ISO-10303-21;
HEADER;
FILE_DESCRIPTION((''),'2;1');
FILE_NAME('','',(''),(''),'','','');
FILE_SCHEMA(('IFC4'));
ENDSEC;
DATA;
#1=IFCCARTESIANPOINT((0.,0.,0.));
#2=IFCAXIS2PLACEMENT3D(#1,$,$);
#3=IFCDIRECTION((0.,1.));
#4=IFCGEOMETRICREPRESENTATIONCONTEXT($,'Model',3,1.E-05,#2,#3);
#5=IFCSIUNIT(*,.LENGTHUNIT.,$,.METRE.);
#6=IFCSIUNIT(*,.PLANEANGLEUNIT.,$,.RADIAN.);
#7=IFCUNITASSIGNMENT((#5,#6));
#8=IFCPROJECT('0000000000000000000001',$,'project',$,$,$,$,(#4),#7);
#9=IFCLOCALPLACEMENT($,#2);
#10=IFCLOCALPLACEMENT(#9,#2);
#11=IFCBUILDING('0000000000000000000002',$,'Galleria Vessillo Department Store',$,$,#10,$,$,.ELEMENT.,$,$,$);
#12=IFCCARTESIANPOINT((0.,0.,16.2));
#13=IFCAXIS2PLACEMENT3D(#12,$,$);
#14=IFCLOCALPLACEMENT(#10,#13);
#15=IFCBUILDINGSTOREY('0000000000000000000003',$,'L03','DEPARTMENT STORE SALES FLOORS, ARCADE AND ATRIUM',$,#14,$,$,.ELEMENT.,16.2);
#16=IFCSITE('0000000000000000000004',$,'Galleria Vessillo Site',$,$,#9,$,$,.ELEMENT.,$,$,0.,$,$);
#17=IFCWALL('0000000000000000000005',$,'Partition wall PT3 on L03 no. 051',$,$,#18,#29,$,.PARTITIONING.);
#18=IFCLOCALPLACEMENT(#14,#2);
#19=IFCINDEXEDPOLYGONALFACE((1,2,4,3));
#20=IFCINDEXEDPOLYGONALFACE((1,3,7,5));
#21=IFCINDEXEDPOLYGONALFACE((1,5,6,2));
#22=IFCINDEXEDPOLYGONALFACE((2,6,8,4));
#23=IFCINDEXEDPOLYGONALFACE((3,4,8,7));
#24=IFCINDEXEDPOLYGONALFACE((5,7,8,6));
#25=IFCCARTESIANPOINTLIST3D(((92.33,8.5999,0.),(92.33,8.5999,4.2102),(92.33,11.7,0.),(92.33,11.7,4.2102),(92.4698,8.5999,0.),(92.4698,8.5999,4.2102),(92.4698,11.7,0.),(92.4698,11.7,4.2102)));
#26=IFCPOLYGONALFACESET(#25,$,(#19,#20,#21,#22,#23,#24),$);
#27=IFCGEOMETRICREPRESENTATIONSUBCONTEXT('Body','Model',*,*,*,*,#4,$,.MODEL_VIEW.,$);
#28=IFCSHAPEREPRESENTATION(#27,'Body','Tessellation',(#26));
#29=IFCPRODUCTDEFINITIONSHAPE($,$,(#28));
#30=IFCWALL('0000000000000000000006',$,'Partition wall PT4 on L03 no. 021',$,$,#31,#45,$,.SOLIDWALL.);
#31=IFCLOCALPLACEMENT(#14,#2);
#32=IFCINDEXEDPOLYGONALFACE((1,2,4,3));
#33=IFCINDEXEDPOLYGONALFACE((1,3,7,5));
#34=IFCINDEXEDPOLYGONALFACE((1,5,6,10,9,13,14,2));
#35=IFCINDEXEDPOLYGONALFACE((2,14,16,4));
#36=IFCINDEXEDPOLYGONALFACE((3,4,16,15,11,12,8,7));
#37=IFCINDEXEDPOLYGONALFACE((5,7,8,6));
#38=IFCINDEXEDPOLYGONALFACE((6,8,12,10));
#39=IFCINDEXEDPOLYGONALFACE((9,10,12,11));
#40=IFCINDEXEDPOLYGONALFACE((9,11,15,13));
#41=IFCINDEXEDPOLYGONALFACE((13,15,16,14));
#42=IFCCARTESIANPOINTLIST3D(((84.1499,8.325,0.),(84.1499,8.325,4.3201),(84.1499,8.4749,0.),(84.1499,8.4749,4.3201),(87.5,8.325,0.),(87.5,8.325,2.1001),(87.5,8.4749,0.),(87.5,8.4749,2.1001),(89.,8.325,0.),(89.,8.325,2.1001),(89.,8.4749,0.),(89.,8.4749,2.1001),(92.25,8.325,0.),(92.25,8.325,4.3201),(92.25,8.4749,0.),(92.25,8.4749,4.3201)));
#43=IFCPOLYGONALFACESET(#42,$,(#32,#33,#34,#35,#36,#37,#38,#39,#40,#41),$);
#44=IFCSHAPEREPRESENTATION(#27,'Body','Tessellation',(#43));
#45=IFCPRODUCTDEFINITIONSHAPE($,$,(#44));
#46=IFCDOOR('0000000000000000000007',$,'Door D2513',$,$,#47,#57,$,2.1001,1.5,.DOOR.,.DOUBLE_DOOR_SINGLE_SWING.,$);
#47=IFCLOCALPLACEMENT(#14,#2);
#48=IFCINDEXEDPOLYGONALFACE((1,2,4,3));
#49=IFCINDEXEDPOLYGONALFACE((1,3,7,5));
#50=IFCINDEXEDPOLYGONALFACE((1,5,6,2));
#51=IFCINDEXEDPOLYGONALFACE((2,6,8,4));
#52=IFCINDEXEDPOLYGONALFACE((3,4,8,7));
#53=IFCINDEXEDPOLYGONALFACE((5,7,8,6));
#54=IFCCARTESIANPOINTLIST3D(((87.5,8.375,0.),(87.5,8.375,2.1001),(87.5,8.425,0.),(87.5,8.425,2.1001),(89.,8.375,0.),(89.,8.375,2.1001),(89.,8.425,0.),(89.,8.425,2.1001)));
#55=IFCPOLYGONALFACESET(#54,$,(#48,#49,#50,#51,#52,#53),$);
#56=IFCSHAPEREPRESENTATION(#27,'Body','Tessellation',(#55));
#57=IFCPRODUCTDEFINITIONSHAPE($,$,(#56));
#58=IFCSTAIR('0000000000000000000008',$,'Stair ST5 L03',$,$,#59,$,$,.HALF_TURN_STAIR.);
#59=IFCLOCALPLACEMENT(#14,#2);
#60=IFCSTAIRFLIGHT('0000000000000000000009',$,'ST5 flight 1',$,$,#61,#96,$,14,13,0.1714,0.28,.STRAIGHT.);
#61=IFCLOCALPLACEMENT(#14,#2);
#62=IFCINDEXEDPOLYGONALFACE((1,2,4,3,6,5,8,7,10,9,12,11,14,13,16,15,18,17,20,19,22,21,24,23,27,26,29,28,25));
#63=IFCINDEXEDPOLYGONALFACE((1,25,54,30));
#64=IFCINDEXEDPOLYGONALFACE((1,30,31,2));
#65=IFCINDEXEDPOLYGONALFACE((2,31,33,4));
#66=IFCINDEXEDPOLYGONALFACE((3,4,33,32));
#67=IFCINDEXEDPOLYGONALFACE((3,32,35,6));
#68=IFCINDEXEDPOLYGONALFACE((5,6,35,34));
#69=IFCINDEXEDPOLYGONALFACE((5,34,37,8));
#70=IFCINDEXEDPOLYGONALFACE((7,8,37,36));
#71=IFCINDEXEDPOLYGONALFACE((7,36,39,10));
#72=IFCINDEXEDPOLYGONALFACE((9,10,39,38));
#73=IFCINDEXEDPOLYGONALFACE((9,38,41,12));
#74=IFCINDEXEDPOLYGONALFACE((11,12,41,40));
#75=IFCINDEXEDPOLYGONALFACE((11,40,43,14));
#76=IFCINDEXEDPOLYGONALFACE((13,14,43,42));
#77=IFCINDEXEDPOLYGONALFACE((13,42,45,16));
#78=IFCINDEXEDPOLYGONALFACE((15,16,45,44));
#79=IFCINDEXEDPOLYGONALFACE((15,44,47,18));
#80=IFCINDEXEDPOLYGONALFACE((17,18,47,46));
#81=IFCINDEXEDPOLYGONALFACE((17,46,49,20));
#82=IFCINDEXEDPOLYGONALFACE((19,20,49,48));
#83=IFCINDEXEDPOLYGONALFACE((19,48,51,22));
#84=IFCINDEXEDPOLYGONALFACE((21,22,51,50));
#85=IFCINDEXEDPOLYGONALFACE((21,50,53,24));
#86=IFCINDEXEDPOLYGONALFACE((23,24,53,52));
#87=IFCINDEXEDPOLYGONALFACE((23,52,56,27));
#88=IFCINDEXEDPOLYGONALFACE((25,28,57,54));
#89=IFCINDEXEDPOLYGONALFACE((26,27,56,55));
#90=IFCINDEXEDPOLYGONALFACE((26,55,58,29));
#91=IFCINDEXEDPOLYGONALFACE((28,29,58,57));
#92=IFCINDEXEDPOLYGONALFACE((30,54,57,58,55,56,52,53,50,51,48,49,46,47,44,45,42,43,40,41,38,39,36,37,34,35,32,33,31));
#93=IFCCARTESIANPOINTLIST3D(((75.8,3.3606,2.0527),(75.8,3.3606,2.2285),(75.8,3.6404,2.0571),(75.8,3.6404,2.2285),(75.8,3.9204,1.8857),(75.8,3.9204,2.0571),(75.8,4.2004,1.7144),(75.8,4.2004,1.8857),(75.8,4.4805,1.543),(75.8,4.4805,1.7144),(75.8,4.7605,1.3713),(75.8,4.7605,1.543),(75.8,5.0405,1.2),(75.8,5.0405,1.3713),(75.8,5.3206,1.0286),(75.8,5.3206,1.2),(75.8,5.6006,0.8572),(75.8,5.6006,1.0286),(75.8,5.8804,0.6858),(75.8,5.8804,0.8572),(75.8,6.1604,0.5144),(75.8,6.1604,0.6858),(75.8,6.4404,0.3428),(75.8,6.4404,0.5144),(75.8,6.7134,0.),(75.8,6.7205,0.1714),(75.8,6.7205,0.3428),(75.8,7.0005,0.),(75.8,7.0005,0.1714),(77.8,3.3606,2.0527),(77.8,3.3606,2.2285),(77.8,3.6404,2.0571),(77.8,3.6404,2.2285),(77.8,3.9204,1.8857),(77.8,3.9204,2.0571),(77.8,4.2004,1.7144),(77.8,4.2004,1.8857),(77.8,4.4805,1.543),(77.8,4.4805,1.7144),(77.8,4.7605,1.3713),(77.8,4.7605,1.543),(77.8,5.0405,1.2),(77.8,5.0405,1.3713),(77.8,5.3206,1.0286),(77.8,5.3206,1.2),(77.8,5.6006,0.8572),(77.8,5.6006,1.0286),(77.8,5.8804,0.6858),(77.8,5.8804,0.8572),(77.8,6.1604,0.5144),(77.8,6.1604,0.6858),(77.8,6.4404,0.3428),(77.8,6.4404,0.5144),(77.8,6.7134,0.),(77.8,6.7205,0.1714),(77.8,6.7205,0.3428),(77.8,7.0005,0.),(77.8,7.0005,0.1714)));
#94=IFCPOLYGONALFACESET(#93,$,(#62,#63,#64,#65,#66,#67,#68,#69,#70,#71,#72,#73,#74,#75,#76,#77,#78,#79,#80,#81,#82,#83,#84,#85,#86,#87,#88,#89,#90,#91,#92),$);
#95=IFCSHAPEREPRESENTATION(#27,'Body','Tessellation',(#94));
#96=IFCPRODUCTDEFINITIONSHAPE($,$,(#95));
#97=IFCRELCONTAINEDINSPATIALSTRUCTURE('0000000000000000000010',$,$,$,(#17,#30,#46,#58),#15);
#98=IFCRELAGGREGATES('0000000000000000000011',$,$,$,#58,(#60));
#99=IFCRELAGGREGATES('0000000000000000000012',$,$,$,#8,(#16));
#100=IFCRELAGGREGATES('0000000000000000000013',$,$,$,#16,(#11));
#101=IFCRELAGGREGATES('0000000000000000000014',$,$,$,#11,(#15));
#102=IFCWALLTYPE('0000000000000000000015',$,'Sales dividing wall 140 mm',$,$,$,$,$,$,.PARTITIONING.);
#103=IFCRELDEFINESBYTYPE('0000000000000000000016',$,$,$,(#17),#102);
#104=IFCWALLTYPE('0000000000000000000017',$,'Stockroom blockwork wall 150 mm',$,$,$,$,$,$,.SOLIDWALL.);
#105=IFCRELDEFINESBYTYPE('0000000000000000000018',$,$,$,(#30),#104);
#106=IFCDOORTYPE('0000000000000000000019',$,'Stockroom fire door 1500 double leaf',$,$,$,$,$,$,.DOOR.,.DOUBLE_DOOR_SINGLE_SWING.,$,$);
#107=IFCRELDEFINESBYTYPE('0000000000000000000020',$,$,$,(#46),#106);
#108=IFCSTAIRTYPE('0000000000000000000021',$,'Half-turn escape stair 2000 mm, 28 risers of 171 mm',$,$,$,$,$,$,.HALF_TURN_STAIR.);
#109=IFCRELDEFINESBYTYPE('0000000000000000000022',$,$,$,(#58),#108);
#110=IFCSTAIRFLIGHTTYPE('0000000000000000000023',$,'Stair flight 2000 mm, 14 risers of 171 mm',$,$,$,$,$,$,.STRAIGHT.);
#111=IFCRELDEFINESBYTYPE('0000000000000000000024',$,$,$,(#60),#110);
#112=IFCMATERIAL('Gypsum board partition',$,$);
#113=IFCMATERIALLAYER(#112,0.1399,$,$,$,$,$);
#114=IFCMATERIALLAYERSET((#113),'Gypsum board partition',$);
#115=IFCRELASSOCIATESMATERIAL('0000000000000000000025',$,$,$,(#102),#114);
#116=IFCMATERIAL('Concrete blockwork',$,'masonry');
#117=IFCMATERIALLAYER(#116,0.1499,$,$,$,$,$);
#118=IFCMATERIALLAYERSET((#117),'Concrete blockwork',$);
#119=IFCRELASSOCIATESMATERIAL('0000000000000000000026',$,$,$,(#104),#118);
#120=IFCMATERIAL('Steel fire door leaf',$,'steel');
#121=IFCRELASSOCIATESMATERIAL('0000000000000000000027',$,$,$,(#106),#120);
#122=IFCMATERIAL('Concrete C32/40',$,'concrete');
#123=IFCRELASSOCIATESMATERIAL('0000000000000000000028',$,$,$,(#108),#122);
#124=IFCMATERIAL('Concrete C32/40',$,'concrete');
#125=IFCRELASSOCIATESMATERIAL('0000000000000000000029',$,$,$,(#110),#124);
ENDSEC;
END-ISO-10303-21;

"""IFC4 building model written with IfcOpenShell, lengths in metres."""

from ifc_helpers import new_model, si_unit, direction, frame, frame_2d, origin, place, context, subcontext, project, spatial, polyline, rectangle, outline, extrude, material, layer, layer_set, type_object, element, fill, aggregate, save


model = new_model("IFC4")

# Units and contexts
model_context = context("Model", 3, precision=1e-05, world=origin(), true_north=direction((0.0, 1.0)))
body_context = subcontext(model_context, "Body", "Model", "MODEL_VIEW")
ifc_project = project(units=[si_unit("LENGTHUNIT", "METRE"), si_unit("PLANEANGLEUNIT", "RADIAN")], contexts=[model_context])

# Site, building, storey
site_placement = place(None, origin())
site = spatial("IfcSite", under=ifc_project, at=site_placement, Name="Galleria Vessillo Site", CompositionType="ELEMENT", RefElevation=0.0)
building_placement = place(site_placement, origin())
building = spatial("IfcBuilding", under=site, at=building_placement, Name="Galleria Vessillo Department Store", CompositionType="ELEMENT")
storey_placement = place(building_placement, frame((0.0, 0.0, 16.2)))
storey = spatial("IfcBuildingStorey", under=building, at=storey_placement, Name="L03", Description="DEPARTMENT STORE SALES FLOORS, ARCADE AND ATRIUM", CompositionType="ELEMENT", Elevation=16.2)

# Wall
ifc_material_1 = material(Name="Gypsum board partition")
ifc_layer_1 = layer(ifc_material_1, 0.1399)
ifc_layer_set_1 = layer_set([ifc_layer_1], Name="Gypsum board partition")
wall_type_1 = type_object("IfcWallType", Name="Sales dividing wall 140 mm", PredefinedType="PARTITIONING", material=ifc_layer_set_1)
wall_1_placement = place(storey_placement, frame((92.3999, 8.5999, 0.0), z_axis=(0.0, 0.0, 1.0), x_axis=(0.0, 1.0, 0.0)))
element("IfcWall", 1, at=wall_1_placement, inside=storey, type_object=wall_type_1, Name="Partition wall PT3 on L03 no. 051", PredefinedType="PARTITIONING", context=body_context, shape_type="SweptSolid", body=[
    extrude(rectangle(XDim=3.1001, YDim=0.1399, at=frame_2d((1.55, 0.0))), origin(), (0.0, 0.0, 1.0), 4.2102),
])

# Wall, opening, door
ifc_material_2 = material(Name="Concrete blockwork", Category="masonry")
ifc_layer_2 = layer(ifc_material_2, 0.1499)
ifc_layer_set_2 = layer_set([ifc_layer_2], Name="Concrete blockwork")
wall_type_2 = type_object("IfcWallType", Name="Stockroom blockwork wall 150 mm", PredefinedType="SOLIDWALL", material=ifc_layer_set_2)
wall_2_placement = place(storey_placement, frame((84.1499, 8.3999, 0.0), z_axis=(0.0, 0.0, 1.0), x_axis=(1.0, 0.0, 0.0)))
wall_2 = element("IfcWall", 2, at=wall_2_placement, inside=storey, type_object=wall_type_2, Name="Partition wall PT4 on L03 no. 021", PredefinedType="SOLIDWALL", context=body_context, shape_type="SweptSolid", body=[
    extrude(rectangle(XDim=8.1001, YDim=0.1499, at=frame_2d((4.05, 0.0))), origin(), (0.0, 0.0, 1.0), 4.3201),
])
opening_placement = place(wall_2_placement, frame((3.3501, 0.0, 0.0)))
opening = element("IfcOpeningElement", 3, at=opening_placement, cuts=wall_2, PredefinedType="OPENING", context=body_context, shape_type="SweptSolid", body=[
    extrude(rectangle(XDim=1.5, YDim=2.1001, at=frame_2d((0.75, 1.05))), frame((0.0, 0.085, 0.0), z_axis=(0.0, -1.0, 0.0), x_axis=(1.0, 0.0, 0.0)), (0.0, 0.0, 1.0), 0.1699),
])
ifc_material_3 = material(Name="Steel fire door leaf", Category="steel")
door_type = type_object("IfcDoorType", Name="Stockroom fire door 1500 double leaf", OperationType="DOUBLE_DOOR_SINGLE_SWING", PredefinedType="DOOR", material=ifc_material_3)
door_placement = place(opening_placement, frame((1.5, 0.0, 0.0), z_axis=(0.0, 0.0, 1.0), x_axis=(-1.0, 0.0, 0.0)))
door = element("IfcDoor", 4, at=door_placement, inside=storey, type_object=door_type, Name="Door D2513", OperationType="DOUBLE_DOOR_SINGLE_SWING", OverallHeight=2.1001, OverallWidth=1.5, PredefinedType="DOOR", context=body_context, shape_type="SweptSolid", body=[
    extrude(rectangle(XDim=1.5, YDim=2.1001, at=frame_2d((0.75, 1.05))), frame((0.0, 0.0249, 0.0), z_axis=(0.0, -1.0, 0.0), x_axis=(1.0, 0.0, 0.0)), (0.0, 0.0, 1.0), 0.05),
])
fill(opening, door)

# Stair, stair flight
ifc_material_4 = material(Name="Concrete C32/40", Category="concrete")
stair_type = type_object("IfcStairType", Name="Half-turn escape stair 2000 mm, 28 risers of 171 mm", PredefinedType="HALF_TURN_STAIR", material=ifc_material_4)
stair_placement = place(storey_placement, origin())
stair = element("IfcStair", 5, at=stair_placement, inside=storey, type_object=stair_type, Name="Stair ST5 L03", PredefinedType="HALF_TURN_STAIR")
ifc_material_5 = material(Name="Concrete C32/40", Category="concrete")
stair_flight_type = type_object("IfcStairFlightType", Name="Stair flight 2000 mm, 14 risers of 171 mm", PredefinedType="STRAIGHT", material=ifc_material_5)
stair_flight_placement = place(storey_placement, frame((76.8, 7.0005, 0.0), z_axis=(0.0, 0.0, 1.0), x_axis=(0.0, -1.0, 0.0)))
stair_flight = element("IfcStairFlight", 6, at=stair_flight_placement, type_object=stair_flight_type, Name="ST5 flight 1", NumberOfRisers=14, NumberOfTreads=13, PredefinedType="STRAIGHT", RiserHeight=0.1714, TreadLength=0.28, context=body_context, shape_type="SweptSolid", body=[
    extrude(outline(polyline([(0.0, 0.0), (0.0, 0.1714), (0.28, 0.1714), (0.28, 0.3428), (0.5601, 0.3428), (0.5601, 0.5144), (0.8401, 0.5144), (0.8401, 0.6858), (1.1201, 0.6858), (1.1201, 0.8572), (1.3999, 0.8572), (1.3999, 1.0286), (1.6799, 1.0286), (1.6799, 1.2), (1.96, 1.2), (1.96, 1.3713), (2.24, 1.3713), (2.24, 1.543), (2.52, 1.543), (2.52, 1.7144), (2.8, 1.7144), (2.8, 1.8857), (3.0801, 1.8857), (3.0801, 2.0571), (3.3601, 2.0571), (3.3601, 2.2285), (3.6399, 2.2285), (3.6399, 2.3999), (3.6399, 2.0527), (0.2871, 0.0), (0.0, 0.0)])), frame((0.0, 1.0, 0.0), z_axis=(0.0, -1.0, 0.0), x_axis=(1.0, 0.0, 0.0)), (0.0, 0.0, 1.0), 2.0),
])
aggregate(stair, [stair_flight])

save(model, "model.ifc")
